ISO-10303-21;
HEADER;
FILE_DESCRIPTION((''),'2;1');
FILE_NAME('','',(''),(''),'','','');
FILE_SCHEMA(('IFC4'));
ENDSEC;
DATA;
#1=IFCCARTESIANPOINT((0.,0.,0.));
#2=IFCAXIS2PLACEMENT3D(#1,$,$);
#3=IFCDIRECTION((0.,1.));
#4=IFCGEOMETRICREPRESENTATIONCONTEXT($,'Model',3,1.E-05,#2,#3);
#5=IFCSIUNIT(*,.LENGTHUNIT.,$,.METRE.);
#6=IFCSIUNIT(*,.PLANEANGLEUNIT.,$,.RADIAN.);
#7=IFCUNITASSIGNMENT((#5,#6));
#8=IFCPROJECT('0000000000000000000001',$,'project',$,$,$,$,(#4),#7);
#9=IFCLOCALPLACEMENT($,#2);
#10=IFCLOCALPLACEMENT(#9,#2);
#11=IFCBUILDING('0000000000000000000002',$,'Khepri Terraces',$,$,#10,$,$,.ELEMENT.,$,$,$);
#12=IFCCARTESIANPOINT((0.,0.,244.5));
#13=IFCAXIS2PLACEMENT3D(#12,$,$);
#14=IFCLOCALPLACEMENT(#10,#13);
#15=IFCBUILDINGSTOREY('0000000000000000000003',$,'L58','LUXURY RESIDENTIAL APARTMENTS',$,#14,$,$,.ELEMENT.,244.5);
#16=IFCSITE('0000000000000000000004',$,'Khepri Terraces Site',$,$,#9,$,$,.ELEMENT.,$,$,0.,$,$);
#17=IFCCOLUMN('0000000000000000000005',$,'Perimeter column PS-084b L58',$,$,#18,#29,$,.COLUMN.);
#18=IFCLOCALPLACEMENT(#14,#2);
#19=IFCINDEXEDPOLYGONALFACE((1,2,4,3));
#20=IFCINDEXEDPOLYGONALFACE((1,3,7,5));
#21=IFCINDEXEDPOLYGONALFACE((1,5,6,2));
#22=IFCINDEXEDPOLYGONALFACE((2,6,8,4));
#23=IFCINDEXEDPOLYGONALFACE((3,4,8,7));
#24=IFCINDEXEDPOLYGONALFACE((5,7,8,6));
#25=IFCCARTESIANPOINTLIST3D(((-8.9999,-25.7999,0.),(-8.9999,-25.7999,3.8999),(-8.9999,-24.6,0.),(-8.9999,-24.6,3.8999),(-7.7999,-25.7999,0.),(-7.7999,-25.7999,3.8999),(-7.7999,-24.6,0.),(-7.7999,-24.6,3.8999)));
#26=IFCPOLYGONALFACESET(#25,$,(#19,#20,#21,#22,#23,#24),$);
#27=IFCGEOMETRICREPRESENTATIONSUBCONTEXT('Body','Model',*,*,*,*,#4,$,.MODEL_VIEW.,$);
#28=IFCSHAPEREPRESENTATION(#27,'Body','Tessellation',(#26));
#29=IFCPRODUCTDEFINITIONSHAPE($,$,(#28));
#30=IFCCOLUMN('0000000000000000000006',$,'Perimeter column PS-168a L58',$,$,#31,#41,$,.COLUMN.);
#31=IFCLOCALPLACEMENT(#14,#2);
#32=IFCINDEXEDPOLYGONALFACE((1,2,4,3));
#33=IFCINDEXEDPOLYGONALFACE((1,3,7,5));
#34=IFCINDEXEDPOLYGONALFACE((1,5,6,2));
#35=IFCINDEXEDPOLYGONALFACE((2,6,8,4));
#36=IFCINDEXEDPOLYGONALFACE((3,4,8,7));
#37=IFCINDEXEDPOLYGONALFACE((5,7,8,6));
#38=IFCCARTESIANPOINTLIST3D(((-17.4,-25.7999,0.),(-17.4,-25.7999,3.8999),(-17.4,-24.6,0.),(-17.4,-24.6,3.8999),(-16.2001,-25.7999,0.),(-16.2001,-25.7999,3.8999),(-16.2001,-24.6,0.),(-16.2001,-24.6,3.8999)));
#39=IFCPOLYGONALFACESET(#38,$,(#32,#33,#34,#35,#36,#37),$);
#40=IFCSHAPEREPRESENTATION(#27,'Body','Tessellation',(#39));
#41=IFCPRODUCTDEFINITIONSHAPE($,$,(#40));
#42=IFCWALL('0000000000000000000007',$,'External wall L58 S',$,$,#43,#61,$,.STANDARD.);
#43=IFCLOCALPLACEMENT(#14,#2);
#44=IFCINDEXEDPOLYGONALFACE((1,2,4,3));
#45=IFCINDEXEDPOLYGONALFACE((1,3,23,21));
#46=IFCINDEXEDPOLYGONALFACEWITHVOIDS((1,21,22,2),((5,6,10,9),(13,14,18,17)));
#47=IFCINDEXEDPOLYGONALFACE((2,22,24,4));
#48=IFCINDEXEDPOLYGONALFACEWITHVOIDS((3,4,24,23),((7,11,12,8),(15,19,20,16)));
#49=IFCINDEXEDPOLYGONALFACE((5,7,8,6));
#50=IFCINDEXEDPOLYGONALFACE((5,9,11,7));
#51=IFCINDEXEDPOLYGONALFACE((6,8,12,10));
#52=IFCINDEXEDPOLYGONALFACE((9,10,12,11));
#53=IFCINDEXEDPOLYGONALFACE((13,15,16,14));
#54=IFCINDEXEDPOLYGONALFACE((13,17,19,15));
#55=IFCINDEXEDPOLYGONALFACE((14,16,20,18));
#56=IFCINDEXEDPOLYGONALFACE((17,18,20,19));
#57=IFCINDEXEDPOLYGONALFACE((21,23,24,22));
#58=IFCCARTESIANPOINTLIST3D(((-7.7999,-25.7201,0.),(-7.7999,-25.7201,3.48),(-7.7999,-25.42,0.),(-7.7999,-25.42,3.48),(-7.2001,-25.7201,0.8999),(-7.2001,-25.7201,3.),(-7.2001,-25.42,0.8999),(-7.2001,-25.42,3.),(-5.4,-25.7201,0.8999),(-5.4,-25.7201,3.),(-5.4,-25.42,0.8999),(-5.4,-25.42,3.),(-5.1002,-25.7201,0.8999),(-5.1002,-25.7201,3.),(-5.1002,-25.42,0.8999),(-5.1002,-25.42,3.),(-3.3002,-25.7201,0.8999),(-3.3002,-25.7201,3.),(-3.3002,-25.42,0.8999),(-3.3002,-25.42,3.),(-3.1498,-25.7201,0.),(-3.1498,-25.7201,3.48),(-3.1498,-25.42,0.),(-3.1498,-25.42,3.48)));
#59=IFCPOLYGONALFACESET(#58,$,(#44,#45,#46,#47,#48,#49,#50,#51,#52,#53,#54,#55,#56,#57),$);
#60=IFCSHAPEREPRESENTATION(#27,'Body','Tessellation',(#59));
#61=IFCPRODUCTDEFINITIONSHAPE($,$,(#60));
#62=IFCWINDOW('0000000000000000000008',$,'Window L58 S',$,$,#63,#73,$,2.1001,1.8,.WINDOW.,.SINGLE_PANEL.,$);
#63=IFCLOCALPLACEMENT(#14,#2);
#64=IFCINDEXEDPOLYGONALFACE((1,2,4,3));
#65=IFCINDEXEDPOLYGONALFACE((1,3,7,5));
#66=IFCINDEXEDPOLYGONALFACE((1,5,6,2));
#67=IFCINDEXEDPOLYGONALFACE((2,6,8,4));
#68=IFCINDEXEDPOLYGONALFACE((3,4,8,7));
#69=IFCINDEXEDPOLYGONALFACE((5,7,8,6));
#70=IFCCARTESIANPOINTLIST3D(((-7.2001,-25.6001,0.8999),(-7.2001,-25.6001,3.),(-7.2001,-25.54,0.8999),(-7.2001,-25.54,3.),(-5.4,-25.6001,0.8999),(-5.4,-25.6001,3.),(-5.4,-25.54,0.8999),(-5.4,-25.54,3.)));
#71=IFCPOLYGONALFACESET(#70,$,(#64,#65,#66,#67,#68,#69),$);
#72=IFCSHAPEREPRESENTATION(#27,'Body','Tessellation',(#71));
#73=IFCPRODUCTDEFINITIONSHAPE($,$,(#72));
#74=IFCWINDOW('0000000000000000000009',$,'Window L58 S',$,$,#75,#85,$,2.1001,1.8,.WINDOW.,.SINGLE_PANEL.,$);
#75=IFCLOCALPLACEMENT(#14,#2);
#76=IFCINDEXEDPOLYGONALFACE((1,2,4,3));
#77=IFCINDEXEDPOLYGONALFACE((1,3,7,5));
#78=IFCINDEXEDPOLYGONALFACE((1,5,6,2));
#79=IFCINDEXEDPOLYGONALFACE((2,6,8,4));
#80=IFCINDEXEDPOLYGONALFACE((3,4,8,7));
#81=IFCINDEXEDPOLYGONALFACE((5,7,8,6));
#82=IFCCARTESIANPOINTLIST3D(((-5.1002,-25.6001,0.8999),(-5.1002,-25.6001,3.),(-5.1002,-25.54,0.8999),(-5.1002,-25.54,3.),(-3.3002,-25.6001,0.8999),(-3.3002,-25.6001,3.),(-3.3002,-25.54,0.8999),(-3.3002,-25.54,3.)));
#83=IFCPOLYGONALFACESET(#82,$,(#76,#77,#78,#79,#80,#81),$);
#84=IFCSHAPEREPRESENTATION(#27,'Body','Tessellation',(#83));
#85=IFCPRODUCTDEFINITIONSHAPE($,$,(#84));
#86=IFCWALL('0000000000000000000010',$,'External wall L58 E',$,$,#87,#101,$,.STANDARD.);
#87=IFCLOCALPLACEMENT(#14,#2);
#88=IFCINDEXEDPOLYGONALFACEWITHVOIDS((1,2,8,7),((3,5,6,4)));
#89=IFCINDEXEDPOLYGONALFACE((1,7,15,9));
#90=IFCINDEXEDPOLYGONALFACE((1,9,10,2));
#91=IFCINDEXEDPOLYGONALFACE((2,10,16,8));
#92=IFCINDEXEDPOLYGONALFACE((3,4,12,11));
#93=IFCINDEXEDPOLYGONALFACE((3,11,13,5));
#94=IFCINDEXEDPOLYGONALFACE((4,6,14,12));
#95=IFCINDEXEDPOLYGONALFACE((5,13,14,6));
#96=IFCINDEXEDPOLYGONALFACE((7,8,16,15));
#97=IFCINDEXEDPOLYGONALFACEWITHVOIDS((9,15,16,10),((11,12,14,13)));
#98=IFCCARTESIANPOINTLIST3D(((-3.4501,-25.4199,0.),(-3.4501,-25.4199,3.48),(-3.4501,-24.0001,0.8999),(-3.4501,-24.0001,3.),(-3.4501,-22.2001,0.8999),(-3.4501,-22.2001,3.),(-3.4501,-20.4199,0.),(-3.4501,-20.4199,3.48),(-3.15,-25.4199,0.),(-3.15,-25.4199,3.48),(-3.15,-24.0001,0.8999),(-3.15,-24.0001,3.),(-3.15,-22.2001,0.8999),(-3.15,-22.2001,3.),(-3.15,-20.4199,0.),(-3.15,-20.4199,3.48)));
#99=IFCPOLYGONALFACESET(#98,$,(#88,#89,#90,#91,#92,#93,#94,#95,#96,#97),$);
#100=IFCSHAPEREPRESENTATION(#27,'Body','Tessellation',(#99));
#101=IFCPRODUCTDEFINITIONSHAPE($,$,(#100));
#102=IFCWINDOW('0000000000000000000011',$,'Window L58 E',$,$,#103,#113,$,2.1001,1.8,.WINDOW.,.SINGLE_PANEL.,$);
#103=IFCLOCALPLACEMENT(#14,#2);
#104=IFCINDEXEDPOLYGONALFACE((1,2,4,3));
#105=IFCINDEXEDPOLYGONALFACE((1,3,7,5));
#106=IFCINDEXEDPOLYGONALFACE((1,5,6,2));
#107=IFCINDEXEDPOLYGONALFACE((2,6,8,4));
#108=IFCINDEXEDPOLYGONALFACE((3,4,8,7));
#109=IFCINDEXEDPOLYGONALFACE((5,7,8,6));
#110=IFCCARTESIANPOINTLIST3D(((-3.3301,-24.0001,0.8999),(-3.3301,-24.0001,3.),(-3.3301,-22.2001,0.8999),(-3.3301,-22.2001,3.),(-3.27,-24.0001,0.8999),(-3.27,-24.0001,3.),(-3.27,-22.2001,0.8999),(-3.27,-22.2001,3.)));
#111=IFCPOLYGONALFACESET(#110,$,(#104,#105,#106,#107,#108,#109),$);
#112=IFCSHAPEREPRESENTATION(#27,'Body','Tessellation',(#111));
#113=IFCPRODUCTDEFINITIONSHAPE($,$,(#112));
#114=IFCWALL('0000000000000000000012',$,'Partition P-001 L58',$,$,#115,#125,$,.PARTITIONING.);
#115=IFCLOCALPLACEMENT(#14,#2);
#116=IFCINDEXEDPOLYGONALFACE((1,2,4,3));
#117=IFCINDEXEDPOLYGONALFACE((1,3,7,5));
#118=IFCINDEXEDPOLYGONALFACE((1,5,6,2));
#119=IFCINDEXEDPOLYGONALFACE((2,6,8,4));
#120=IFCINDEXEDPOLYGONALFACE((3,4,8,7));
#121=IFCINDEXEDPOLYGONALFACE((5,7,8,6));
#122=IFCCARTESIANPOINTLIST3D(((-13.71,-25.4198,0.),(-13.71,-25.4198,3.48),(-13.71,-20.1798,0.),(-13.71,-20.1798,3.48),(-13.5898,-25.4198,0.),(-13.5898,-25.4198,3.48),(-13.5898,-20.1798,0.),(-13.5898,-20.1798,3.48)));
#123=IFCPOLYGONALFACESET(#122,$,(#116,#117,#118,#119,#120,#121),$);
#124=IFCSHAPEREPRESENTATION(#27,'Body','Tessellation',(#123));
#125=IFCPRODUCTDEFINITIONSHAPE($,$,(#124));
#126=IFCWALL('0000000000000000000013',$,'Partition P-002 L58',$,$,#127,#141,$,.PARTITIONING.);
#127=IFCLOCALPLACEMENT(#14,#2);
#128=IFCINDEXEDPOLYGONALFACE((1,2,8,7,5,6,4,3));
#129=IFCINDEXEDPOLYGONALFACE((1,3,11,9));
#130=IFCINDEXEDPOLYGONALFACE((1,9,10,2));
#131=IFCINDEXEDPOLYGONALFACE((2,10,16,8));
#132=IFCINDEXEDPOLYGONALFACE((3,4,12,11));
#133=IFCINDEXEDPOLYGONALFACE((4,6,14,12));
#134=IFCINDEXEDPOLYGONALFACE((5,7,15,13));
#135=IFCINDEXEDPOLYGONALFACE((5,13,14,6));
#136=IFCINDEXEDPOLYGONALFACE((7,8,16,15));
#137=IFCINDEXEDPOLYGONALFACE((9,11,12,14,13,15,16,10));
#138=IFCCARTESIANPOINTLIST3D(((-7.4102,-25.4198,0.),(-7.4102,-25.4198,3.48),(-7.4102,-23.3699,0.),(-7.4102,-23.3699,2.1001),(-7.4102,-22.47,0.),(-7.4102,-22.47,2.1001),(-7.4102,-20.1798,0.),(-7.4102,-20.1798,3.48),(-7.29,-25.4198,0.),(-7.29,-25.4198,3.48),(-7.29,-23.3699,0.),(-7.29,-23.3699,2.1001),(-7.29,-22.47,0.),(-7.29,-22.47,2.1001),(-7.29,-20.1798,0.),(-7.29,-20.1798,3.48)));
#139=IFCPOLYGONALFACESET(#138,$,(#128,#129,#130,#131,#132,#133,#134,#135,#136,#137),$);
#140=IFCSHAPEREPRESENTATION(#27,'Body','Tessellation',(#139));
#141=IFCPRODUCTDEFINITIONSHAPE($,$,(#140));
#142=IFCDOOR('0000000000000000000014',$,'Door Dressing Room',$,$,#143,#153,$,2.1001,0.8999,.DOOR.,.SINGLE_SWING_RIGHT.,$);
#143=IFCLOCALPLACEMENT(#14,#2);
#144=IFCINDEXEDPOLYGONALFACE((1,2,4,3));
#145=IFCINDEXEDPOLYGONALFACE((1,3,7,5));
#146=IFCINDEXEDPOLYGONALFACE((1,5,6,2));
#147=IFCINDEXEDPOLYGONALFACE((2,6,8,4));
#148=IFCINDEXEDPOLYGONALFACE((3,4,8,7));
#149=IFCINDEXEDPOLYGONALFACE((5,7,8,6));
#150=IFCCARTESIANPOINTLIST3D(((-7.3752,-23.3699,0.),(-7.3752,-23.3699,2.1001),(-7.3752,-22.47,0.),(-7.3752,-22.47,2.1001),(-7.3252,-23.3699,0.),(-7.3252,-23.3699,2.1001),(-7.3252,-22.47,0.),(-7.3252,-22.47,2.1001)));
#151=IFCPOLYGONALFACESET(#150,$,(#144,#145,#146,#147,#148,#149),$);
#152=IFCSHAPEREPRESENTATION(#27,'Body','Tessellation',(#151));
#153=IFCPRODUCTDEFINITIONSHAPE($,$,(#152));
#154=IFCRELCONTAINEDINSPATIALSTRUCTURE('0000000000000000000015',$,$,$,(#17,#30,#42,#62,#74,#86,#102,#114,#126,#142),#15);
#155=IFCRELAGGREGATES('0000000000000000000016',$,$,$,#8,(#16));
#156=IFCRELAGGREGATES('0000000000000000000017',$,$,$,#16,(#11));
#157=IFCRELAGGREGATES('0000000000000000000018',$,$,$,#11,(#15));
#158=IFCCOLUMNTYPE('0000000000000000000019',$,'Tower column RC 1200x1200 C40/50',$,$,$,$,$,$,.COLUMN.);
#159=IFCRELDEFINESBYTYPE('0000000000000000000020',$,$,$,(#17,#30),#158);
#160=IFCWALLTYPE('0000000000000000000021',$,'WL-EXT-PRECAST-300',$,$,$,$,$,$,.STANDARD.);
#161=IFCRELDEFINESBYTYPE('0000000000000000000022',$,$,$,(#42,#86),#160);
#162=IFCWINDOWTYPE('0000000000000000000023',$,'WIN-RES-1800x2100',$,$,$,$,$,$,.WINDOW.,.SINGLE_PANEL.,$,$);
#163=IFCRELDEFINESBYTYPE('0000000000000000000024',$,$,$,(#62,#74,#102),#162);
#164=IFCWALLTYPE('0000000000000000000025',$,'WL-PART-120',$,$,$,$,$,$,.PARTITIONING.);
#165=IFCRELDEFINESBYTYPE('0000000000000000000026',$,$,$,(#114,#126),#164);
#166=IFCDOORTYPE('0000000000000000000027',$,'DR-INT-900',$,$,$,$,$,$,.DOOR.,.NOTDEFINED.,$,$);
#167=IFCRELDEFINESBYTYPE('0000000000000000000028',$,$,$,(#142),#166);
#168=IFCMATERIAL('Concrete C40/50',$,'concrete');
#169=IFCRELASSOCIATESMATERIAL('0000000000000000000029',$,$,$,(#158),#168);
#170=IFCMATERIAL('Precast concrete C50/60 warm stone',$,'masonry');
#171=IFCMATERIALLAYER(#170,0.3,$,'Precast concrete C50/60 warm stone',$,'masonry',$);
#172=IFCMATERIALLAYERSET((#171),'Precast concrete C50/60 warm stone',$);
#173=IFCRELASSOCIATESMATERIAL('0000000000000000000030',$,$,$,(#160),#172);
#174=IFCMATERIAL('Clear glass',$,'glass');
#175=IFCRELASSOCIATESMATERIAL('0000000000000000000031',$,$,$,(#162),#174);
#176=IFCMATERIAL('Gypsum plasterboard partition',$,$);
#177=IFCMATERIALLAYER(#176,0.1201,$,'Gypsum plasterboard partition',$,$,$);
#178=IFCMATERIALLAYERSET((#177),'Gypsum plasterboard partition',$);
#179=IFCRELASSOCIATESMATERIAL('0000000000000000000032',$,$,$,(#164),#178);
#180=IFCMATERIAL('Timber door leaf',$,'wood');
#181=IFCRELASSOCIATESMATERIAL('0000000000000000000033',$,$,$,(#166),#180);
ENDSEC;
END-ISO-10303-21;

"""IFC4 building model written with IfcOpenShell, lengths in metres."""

from ifc_helpers import new_model, si_unit, direction, frame, frame_2d, origin, origin_2d, place, context, subcontext, project, spatial, rectangle, extrude, material, layer, layer_set, material_profile, profile_set, type_object, element, fill, save


model = new_model("IFC4")

# Units and contexts
model_context = context("Model", 3, precision=1e-05, world=origin(), true_north=direction((0.0, 1.0)))
body_context = subcontext(model_context, "Body", "Model", "MODEL_VIEW")
ifc_project = project(units=[si_unit("LENGTHUNIT", "METRE"), si_unit("PLANEANGLEUNIT", "RADIAN")], contexts=[model_context])

# Site, building, storey
site_placement = place(None, origin())
site = spatial("IfcSite", under=ifc_project, at=site_placement, Name="Khepri Terraces Site", CompositionType="ELEMENT", RefElevation=0.0)
building_placement = place(site_placement, origin())
building = spatial("IfcBuilding", under=site, at=building_placement, Name="Khepri Terraces", CompositionType="ELEMENT")
storey_placement = place(building_placement, frame((0.0, 0.0, 244.5)))
storey = spatial("IfcBuildingStorey", under=building, at=storey_placement, Name="L58", Description="LUXURY RESIDENTIAL APARTMENTS", CompositionType="ELEMENT", Elevation=244.5)

# Columns
ifc_material_1 = material(Name="Concrete C40/50", Category="concrete")
ifc_material_profile = material_profile(ifc_material_1, rectangle(XDim=1.2, YDim=1.2, at=origin_2d()), Name="Concrete C40/50", Category="concrete")
ifc_profile_set = profile_set([ifc_material_profile], Name="Concrete C40/50")
column_type = type_object("IfcColumnType", Name="Tower column RC 1200x1200 C40/50", PredefinedType="COLUMN", material=ifc_profile_set)
for number, where, z_axis, x_axis, name in (
    (1, (-8.3999, -25.2, 0.0), (0.0, 0.0, 1.0), (1.0, 0.0, 0.0), "Perimeter column PS-084b L58"),
    (2, (-16.8, -25.2, 0.0), (0.0, 0.0, 1.0), (1.0, 0.0, 0.0), "Perimeter column PS-168a L58"),
):
    element("IfcColumn", number, at=place(storey_placement, frame(where, z_axis=z_axis, x_axis=x_axis)), inside=storey, type_object=column_type, Name=name, PredefinedType="COLUMN", context=body_context, shape_type="SweptSolid", body=[
        extrude(rectangle(XDim=1.2, YDim=1.2, at=origin_2d()), origin(), (0.0, 0.0, 1.0), 3.8999),
    ])

# Shared definitions
ifc_material_2 = material(Name="Precast concrete C50/60 warm stone", Category="masonry")
ifc_layer_1 = layer(ifc_material_2, 0.3, Name="Precast concrete C50/60 warm stone", Category="masonry")
ifc_layer_set_1 = layer_set([ifc_layer_1], Name="Precast concrete C50/60 warm stone")
wall_type_1 = type_object("IfcWallType", Name="WL-EXT-PRECAST-300", PredefinedType="STANDARD", material=ifc_layer_set_1)
ifc_material_3 = material(Name="Clear glass", Category="glass")
window_type = type_object("IfcWindowType", Name="WIN-RES-1800x2100", PartitioningType="SINGLE_PANEL", PredefinedType="WINDOW", material=ifc_material_3)

# Wall, openings, windows
wall_1_placement = place(storey_placement, frame((-7.8, -25.5701, 0.0), z_axis=(0.0, 0.0, 1.0), x_axis=(1.0, 0.0, 0.0)))
wall_1 = element("IfcWall", 3, at=wall_1_placement, inside=storey, type_object=wall_type_1, Name="External wall L58 S", PredefinedType="STANDARD", context=body_context, shape_type="SweptSolid", body=[
    extrude(rectangle(XDim=4.6501, YDim=0.3, at=frame_2d((2.3252, 0.0))), origin(), (0.0, 0.0, 1.0), 3.48),
])
opening_1_placement = place(wall_1_placement, frame((0.6001, 0.0, 0.8999)))
opening_1 = element("IfcOpeningElement", 4, at=opening_1_placement, cuts=wall_1, PredefinedType="OPENING", context=body_context, shape_type="SweptSolid", body=[
    extrude(rectangle(XDim=1.8, YDim=2.1001, at=frame_2d((0.8999, 1.05))), frame((0.0, 0.1602, 0.0), z_axis=(0.0, -1.0, 0.0), x_axis=(1.0, 0.0, 0.0)), (0.0, 0.0, 1.0), 0.3201),
])
opening_2_placement = place(wall_1_placement, frame((2.7, 0.0, 0.8999)))
opening_2 = element("IfcOpeningElement", 5, at=opening_2_placement, cuts=wall_1, PredefinedType="OPENING", context=body_context, shape_type="SweptSolid", body=[
    extrude(rectangle(XDim=1.8, YDim=2.1001, at=frame_2d((0.8999, 1.05))), frame((0.0, 0.1602, 0.0), z_axis=(0.0, -1.0, 0.0), x_axis=(1.0, 0.0, 0.0)), (0.0, 0.0, 1.0), 0.3201),
])
window_1_placement = place(opening_1_placement, origin())
window_1 = element("IfcWindow", 6, at=window_1_placement, inside=storey, type_object=window_type, Name="Window L58 S", OverallHeight=2.1001, OverallWidth=1.8, PartitioningType="SINGLE_PANEL", PredefinedType="WINDOW", context=body_context, shape_type="SweptSolid", body=[
    extrude(rectangle(XDim=1.8, YDim=2.1001, at=frame_2d((0.8999, 1.05))), frame((0.0, 0.03, 0.0), z_axis=(0.0, -1.0, 0.0), x_axis=(1.0, 0.0, 0.0)), (0.0, 0.0, 1.0), 0.0601),
])
fill(opening_1, window_1)
window_2_placement = place(opening_2_placement, origin())
window_2 = element("IfcWindow", 7, at=window_2_placement, inside=storey, type_object=window_type, Name="Window L58 S", OverallHeight=2.1001, OverallWidth=1.8, PartitioningType="SINGLE_PANEL", PredefinedType="WINDOW", context=body_context, shape_type="SweptSolid", body=[
    extrude(rectangle(XDim=1.8, YDim=2.1001, at=frame_2d((0.8999, 1.05))), frame((0.0, 0.03, 0.0), z_axis=(0.0, -1.0, 0.0), x_axis=(1.0, 0.0, 0.0)), (0.0, 0.0, 1.0), 0.0601),
])
fill(opening_2, window_2)

# Wall, opening, window
wall_2_placement = place(storey_placement, frame((-3.3, -25.4199, 0.0), z_axis=(0.0, 0.0, 1.0), x_axis=(0.0, 1.0, 0.0)))
wall_2 = element("IfcWall", 8, at=wall_2_placement, inside=storey, type_object=wall_type_1, Name="External wall L58 E", PredefinedType="STANDARD", context=body_context, shape_type="SweptSolid", body=[
    extrude(rectangle(XDim=5.0, YDim=0.3, at=frame_2d((2.5, 0.0))), origin(), (0.0, 0.0, 1.0), 3.48),
])
opening_3_placement = place(wall_2_placement, frame((1.4199, 0.0, 0.8999)))
opening_3 = element("IfcOpeningElement", 9, at=opening_3_placement, cuts=wall_2, PredefinedType="OPENING", context=body_context, shape_type="SweptSolid", body=[
    extrude(rectangle(XDim=1.8, YDim=2.1001, at=frame_2d((0.8999, 1.05))), frame((0.0, 0.1602, 0.0), z_axis=(0.0, -1.0, 0.0), x_axis=(1.0, 0.0, 0.0)), (0.0, 0.0, 1.0), 0.3201),
])
window_3_placement = place(opening_3_placement, origin())
window_3 = element("IfcWindow", 10, at=window_3_placement, inside=storey, type_object=window_type, Name="Window L58 E", OverallHeight=2.1001, OverallWidth=1.8, PartitioningType="SINGLE_PANEL", PredefinedType="WINDOW", context=body_context, shape_type="SweptSolid", body=[
    extrude(rectangle(XDim=1.8, YDim=2.1001, at=frame_2d((0.8999, 1.05))), frame((0.0, 0.03, 0.0), z_axis=(0.0, -1.0, 0.0), x_axis=(1.0, 0.0, 0.0)), (0.0, 0.0, 1.0), 0.0601),
])
fill(opening_3, window_3)

# Wall
ifc_material_4 = material(Name="Gypsum plasterboard partition")
ifc_layer_2 = layer(ifc_material_4, 0.1201, Name="Gypsum plasterboard partition")
ifc_layer_set_2 = layer_set([ifc_layer_2], Name="Gypsum plasterboard partition")
wall_type_2 = type_object("IfcWallType", Name="WL-PART-120", PredefinedType="PARTITIONING", material=ifc_layer_set_2)
wall_3_placement = place(storey_placement, frame((-13.6499, -25.4199, 0.0), z_axis=(0.0, 0.0, 1.0), x_axis=(0.0, 1.0, 0.0)))
element("IfcWall", 11, at=wall_3_placement, inside=storey, type_object=wall_type_2, Name="Partition P-001 L58", PredefinedType="PARTITIONING", context=body_context, shape_type="SweptSolid", body=[
    extrude(rectangle(XDim=5.24, YDim=0.1201, at=frame_2d((2.6201, 0.0))), origin(), (0.0, 0.0, 1.0), 3.48),
])

# Wall, opening, door
wall_4_placement = place(storey_placement, frame((-7.3501, -25.4199, 0.0), z_axis=(0.0, 0.0, 1.0), x_axis=(0.0, 1.0, 0.0)))
wall_4 = element("IfcWall", 12, at=wall_4_placement, inside=storey, type_object=wall_type_2, Name="Partition P-002 L58", PredefinedType="PARTITIONING", context=body_context, shape_type="SweptSolid", body=[
    extrude(rectangle(XDim=5.24, YDim=0.1201, at=frame_2d((2.6201, 0.0))), origin(), (0.0, 0.0, 1.0), 3.48),
])
opening_4_placement = place(wall_4_placement, frame((2.05, 0.0, 0.0)))
opening_4 = element("IfcOpeningElement", 13, at=opening_4_placement, cuts=wall_4, PredefinedType="OPENING", context=body_context, shape_type="SweptSolid", body=[
    extrude(rectangle(XDim=0.8999, YDim=2.1001, at=frame_2d((0.45, 1.05))), frame((0.0, 0.0701, 0.0), z_axis=(0.0, -1.0, 0.0), x_axis=(1.0, 0.0, 0.0)), (0.0, 0.0, 1.0), 0.1401),
])
ifc_material_5 = material(Name="Timber door leaf", Category="wood")
door_type_1 = type_object("IfcDoorType", Name="DR-INT-900", OperationType="NOTDEFINED", PredefinedType="DOOR", material=ifc_material_5)
door_1_placement = place(opening_4_placement, frame((0.8999, 0.0, 0.0), z_axis=(0.0, 0.0, 1.0), x_axis=(-1.0, 0.0, 0.0)))
door_1 = element("IfcDoor", 14, at=door_1_placement, inside=storey, type_object=door_type_1, Name="Door Dressing Room", OperationType="SINGLE_SWING_RIGHT", OverallHeight=2.1001, OverallWidth=0.8999, PredefinedType="DOOR", context=body_context, shape_type="SweptSolid", body=[
    extrude(rectangle(XDim=0.8999, YDim=2.1001, at=frame_2d((0.45, 1.05))), frame((0.0, 0.0249, 0.0), z_axis=(0.0, -1.0, 0.0), x_axis=(1.0, 0.0, 0.0)), (0.0, 0.0, 1.0), 0.05),
])
fill(opening_4, door_1)

save(model, "model.ifc")
